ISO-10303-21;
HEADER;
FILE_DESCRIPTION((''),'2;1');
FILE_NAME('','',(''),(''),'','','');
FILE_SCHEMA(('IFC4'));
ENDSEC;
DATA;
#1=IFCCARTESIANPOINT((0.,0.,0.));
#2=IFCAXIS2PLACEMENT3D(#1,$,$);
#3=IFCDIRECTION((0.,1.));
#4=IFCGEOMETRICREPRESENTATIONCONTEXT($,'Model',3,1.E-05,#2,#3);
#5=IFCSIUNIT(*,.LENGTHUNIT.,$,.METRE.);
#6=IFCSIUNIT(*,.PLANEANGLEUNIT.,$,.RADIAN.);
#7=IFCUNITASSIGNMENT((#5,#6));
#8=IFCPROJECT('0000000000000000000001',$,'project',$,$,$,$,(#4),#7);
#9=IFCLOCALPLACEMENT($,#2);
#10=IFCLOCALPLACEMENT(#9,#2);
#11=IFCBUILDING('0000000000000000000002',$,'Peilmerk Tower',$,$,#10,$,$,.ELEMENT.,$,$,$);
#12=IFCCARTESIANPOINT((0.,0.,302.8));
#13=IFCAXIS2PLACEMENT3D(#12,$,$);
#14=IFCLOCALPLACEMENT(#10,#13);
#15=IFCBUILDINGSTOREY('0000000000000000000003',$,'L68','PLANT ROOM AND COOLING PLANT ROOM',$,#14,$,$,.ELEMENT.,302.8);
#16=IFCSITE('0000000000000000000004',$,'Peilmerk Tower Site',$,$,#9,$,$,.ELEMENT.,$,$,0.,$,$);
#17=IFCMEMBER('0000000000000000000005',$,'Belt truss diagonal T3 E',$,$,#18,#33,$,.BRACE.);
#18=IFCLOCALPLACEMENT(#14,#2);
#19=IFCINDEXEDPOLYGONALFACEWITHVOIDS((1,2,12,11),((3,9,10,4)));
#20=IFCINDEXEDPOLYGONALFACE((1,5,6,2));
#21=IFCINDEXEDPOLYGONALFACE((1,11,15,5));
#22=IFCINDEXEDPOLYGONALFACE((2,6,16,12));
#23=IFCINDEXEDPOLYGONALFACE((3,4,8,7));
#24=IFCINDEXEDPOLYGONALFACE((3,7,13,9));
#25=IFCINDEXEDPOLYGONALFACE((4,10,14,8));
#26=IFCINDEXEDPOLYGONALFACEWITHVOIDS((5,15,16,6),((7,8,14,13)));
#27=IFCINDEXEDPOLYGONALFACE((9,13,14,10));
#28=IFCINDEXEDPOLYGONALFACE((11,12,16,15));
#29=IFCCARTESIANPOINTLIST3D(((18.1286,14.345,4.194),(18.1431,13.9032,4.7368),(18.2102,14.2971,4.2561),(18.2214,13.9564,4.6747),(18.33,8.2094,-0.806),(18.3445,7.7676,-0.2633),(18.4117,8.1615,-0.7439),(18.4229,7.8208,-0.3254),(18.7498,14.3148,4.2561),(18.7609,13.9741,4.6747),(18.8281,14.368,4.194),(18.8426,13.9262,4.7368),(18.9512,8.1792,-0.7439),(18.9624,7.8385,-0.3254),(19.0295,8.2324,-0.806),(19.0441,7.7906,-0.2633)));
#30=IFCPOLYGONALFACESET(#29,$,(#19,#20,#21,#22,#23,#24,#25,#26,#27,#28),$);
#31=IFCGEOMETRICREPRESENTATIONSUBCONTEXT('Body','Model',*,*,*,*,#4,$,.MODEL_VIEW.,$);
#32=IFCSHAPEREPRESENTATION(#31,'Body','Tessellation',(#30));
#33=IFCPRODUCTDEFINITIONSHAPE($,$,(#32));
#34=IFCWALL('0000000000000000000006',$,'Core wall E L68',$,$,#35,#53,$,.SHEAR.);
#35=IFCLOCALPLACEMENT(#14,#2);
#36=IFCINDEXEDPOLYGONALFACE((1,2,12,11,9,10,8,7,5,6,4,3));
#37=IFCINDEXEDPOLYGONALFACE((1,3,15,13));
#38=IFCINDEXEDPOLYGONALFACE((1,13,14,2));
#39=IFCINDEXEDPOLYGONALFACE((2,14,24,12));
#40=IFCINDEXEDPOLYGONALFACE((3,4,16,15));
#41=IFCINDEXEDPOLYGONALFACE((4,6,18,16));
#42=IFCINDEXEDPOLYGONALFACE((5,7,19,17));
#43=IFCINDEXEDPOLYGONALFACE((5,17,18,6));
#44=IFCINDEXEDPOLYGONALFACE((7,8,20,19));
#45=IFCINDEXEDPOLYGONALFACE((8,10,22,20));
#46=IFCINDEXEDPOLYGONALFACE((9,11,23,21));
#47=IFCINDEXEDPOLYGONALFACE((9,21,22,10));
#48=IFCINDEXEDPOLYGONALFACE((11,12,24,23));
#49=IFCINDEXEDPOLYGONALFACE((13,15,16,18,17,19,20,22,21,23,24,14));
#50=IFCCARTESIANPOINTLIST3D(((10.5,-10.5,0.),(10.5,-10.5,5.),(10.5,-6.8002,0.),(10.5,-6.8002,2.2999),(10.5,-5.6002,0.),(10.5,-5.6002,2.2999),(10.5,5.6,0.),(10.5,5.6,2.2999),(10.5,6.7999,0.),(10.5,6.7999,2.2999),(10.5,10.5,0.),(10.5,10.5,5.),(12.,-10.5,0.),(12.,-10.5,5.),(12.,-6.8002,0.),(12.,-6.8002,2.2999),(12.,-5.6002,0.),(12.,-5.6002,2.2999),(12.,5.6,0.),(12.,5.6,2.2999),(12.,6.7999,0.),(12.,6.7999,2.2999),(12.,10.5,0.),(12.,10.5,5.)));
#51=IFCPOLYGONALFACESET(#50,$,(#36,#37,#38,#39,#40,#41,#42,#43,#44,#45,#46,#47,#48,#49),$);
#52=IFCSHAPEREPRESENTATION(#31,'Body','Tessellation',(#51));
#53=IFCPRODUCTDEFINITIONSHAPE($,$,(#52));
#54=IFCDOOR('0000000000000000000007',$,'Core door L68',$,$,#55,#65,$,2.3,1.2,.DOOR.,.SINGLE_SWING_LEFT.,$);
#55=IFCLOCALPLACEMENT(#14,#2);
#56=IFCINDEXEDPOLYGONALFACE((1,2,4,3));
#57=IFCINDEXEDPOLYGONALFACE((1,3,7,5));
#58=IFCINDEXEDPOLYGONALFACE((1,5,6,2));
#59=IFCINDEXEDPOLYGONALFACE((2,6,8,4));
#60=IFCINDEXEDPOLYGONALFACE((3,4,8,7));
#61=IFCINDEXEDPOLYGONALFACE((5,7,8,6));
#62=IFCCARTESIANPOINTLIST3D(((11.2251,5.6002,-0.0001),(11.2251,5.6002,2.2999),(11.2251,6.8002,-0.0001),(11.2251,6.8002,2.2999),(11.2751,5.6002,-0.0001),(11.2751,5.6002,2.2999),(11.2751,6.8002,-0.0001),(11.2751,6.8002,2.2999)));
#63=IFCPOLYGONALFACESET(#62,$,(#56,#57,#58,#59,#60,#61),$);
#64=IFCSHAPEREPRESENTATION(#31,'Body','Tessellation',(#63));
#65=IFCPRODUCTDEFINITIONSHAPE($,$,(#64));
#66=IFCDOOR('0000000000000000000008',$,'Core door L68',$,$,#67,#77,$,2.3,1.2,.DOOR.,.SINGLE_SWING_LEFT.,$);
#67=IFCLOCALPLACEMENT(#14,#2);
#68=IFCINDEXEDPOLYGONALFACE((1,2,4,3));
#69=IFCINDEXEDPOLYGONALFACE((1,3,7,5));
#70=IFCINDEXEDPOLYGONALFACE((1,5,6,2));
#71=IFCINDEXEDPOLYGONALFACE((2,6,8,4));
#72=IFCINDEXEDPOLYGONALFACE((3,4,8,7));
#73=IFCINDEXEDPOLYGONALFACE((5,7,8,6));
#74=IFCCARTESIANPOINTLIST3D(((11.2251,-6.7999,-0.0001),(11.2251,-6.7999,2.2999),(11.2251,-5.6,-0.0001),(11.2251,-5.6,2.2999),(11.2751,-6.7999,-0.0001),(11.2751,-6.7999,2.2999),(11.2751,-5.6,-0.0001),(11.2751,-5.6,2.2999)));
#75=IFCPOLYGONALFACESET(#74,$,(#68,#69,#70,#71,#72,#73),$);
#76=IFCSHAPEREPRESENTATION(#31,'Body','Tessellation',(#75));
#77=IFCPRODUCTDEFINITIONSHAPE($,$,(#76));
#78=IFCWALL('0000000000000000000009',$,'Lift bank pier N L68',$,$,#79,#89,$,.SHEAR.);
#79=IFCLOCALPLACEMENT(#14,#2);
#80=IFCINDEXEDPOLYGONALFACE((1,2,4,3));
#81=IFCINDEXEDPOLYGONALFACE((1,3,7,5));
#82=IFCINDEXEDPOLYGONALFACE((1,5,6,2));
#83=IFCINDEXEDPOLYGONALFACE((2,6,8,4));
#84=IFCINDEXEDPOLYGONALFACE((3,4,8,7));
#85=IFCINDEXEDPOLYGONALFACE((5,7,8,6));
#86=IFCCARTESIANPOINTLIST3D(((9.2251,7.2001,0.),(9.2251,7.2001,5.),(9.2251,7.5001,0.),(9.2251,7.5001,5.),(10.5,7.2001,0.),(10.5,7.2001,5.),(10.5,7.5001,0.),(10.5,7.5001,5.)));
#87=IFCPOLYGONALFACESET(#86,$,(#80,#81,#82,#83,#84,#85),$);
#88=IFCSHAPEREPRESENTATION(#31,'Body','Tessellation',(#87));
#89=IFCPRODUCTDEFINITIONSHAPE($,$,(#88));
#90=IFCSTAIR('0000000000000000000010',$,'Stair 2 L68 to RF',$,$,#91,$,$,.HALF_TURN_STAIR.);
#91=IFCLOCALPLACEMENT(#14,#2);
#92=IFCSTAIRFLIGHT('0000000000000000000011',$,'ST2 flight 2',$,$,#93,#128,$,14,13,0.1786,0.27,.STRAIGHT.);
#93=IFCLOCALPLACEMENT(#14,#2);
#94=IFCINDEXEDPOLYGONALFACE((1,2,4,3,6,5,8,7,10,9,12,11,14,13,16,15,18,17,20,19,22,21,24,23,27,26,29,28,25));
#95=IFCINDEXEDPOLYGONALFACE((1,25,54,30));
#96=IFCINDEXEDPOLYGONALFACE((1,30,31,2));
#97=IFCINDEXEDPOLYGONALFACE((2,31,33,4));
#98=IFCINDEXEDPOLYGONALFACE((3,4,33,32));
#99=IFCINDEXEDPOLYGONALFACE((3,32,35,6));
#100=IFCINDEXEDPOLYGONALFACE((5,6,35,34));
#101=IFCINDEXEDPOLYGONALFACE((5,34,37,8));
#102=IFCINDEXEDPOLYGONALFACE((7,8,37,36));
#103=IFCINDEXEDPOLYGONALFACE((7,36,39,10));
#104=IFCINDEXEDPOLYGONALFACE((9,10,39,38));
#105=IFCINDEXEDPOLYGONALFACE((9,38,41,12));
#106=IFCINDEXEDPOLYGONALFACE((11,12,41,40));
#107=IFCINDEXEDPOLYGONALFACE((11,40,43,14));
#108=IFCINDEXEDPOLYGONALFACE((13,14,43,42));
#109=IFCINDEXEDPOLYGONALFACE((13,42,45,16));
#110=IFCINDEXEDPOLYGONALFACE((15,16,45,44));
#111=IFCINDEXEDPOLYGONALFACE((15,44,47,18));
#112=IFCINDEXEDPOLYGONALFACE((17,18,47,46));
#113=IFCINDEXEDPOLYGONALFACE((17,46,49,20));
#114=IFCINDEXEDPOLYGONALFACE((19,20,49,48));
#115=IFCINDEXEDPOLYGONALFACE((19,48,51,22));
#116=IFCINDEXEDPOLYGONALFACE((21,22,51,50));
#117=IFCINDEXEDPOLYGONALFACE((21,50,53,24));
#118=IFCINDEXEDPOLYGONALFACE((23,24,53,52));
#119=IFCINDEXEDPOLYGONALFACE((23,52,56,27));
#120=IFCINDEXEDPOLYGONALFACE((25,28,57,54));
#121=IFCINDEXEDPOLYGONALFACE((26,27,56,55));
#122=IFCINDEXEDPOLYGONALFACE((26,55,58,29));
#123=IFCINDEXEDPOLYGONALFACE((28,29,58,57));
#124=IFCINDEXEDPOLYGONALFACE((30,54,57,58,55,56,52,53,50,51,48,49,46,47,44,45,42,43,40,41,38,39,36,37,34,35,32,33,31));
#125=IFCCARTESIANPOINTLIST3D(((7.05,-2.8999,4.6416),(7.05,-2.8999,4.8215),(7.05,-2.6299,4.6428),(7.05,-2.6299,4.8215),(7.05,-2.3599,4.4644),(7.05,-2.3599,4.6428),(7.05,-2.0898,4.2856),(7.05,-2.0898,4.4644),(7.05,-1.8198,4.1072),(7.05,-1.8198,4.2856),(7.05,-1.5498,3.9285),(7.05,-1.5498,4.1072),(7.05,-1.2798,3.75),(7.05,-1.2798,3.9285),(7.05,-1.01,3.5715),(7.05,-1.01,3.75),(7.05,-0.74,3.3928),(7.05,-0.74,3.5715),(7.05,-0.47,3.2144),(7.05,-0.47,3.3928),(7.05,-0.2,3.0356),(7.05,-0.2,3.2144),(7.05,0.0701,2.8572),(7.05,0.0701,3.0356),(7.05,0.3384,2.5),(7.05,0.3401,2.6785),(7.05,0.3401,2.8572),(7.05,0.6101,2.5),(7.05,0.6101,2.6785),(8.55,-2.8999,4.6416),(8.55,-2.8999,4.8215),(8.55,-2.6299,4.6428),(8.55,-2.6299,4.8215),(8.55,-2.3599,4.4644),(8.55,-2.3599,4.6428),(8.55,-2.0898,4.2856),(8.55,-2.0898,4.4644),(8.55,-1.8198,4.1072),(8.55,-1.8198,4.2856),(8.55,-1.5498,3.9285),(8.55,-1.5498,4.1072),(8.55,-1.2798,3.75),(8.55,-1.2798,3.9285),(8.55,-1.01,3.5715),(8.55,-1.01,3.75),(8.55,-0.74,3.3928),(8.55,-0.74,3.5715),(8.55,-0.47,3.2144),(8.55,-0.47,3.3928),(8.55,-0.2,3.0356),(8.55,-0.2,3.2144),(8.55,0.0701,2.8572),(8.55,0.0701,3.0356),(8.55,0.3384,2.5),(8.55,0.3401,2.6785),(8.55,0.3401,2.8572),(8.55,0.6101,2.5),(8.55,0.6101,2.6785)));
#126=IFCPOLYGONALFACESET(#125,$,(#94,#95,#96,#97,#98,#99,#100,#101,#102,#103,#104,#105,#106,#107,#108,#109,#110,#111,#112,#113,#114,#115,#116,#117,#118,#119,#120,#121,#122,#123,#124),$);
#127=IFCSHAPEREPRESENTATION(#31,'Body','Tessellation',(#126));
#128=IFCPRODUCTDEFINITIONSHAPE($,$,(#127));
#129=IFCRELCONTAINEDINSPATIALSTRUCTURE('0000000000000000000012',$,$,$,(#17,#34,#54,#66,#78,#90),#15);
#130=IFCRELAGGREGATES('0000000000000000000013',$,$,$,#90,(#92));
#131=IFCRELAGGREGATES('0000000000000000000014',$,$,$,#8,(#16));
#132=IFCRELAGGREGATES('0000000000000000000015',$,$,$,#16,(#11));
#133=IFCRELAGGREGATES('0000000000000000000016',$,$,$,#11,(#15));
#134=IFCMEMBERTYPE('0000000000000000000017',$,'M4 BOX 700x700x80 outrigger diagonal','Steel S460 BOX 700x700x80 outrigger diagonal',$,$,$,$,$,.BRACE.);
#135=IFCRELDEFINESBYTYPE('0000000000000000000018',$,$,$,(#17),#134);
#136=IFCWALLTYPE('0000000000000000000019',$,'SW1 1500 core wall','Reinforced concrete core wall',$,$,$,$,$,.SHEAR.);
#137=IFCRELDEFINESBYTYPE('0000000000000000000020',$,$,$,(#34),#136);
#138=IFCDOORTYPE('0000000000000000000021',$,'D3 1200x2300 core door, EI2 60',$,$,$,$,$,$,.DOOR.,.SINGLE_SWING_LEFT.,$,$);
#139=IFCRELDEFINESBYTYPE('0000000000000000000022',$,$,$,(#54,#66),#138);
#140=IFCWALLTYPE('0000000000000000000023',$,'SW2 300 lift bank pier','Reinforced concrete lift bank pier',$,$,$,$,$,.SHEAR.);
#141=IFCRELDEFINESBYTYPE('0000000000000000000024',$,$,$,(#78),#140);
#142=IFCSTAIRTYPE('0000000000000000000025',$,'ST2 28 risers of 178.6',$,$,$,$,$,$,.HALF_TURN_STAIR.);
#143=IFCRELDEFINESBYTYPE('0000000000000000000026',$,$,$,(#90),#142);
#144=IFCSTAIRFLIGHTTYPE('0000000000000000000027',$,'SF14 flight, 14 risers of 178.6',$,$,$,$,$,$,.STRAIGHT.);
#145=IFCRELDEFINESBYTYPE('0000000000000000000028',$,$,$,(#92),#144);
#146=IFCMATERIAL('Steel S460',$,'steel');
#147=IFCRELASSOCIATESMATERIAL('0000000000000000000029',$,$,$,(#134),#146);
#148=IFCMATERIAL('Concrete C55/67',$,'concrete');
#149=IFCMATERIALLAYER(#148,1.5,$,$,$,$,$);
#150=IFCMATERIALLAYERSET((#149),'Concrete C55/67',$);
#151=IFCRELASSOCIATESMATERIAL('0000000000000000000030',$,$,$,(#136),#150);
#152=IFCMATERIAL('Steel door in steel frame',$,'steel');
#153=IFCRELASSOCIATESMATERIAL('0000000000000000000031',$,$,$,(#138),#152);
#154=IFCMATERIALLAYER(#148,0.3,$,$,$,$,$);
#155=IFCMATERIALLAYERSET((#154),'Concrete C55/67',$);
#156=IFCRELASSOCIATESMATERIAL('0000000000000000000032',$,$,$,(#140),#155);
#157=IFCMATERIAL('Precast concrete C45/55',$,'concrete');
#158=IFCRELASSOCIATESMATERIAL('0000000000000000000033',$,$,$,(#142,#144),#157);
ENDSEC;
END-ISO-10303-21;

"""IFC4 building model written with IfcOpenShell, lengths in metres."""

from ifc_helpers import new_model, si_unit, direction, frame, frame_2d, origin, origin_2d, place, context, subcontext, project, spatial, polyline, rectangle, hollow_rectangle, outline, extrude, material, layer, layer_set, material_profile, profile_set, type_object, element, fill, aggregate, save


model = new_model("IFC4")

# Units and contexts
model_context = context("Model", 3, precision=1e-05, world=origin(), true_north=direction((0.0, 1.0)))
body_context = subcontext(model_context, "Body", "Model", "MODEL_VIEW")
ifc_project = project(units=[si_unit("LENGTHUNIT", "METRE"), si_unit("PLANEANGLEUNIT", "RADIAN")], contexts=[model_context])

# Site, building, storey
site_placement = place(None, origin())
site = spatial("IfcSite", under=ifc_project, at=site_placement, Name="Peilmerk Tower Site", CompositionType="ELEMENT", RefElevation=0.0)
building_placement = place(site_placement, origin())
building = spatial("IfcBuilding", under=site, at=building_placement, Name="Peilmerk Tower", CompositionType="ELEMENT")
storey_placement = place(building_placement, frame((0.0, 0.0, 302.8)))
storey = spatial("IfcBuildingStorey", under=building, at=storey_placement, Name="L68", Description="PLANT ROOM AND COOLING PLANT ROOM", CompositionType="ELEMENT", Elevation=302.8)

# Shared definitions
ifc_material_1 = material(Name="Steel S460", Category="steel")

# Member
ifc_material_profile_1 = material_profile(ifc_material_1, hollow_rectangle(XDim=0.7, YDim=0.7, WallThickness=0.0801, at=origin_2d()), Name="BOX 700x700x80")
ifc_profile_set_1 = profile_set([ifc_material_profile_1], Name="Steel S460")
member_type_1 = type_object("IfcMemberType", Name="M4 BOX 700x700x80 outrigger diagonal", Description="Steel S460 BOX 700x700x80 outrigger diagonal", PredefinedType="BRACE", material=ifc_profile_set_1)
member_1_placement = place(storey_placement, frame((18.687, 8.0, -0.5347), z_axis=(-0.02544, 0.77494, 0.631522), x_axis=(-0.999462, -0.03281, 0.0)))
element("IfcMember", 1, at=member_1_placement, inside=storey, type_object=member_type_1, Name="Belt truss diagonal T3 E", PredefinedType="BRACE", context=body_context, shape_type="SweptSolid", body=[
    extrude(hollow_rectangle(XDim=0.7, YDim=0.7, WallThickness=0.0801, at=origin_2d()), origin(), (0.0, 0.0, 1.0), 7.9175),
])

# Wall, openings, doors
ifc_material_2 = material(Name="Concrete C55/67", Category="concrete")
ifc_layer_1 = layer(ifc_material_2, 1.5)
ifc_layer_set_1 = layer_set([ifc_layer_1], Name="Concrete C55/67")
wall_type_1 = type_object("IfcWallType", Name="SW1 1500 core wall", Description="Reinforced concrete core wall", PredefinedType="SHEAR", material=ifc_layer_set_1)
wall_1_placement = place(storey_placement, frame((11.25, 10.5, 0.0), z_axis=(0.0, 0.0, 1.0), x_axis=(0.0, -1.0, 0.0)))
wall_1 = element("IfcWall", 2, at=wall_1_placement, inside=storey, type_object=wall_type_1, Name="Core wall E L68", PredefinedType="SHEAR", context=body_context, shape_type="SweptSolid", body=[
    extrude(rectangle(XDim=21.0, YDim=1.5, at=frame_2d((10.5, 0.0))), origin(), (0.0, 0.0, 1.0), 5.0),
])
opening_1_placement = place(wall_1_placement, frame((3.7, 0.0, 0.0)))
opening_1 = element("IfcOpeningElement", 3, at=opening_1_placement, cuts=wall_1, PredefinedType="OPENING", context=body_context, shape_type="SweptSolid", body=[
    extrude(rectangle(XDim=1.2, YDim=2.3, at=frame_2d((0.6001, 1.1499))), frame((0.0, 0.76, 0.0), z_axis=(0.0, -1.0, 0.0), x_axis=(1.0, 0.0, 0.0)), (0.0, 0.0, 1.0), 1.52),
])
opening_2_placement = place(wall_1_placement, frame((16.1001, 0.0, 0.0)))
opening_2 = element("IfcOpeningElement", 4, at=opening_2_placement, cuts=wall_1, PredefinedType="OPENING", context=body_context, shape_type="SweptSolid", body=[
    extrude(rectangle(XDim=1.2, YDim=2.3, at=frame_2d((0.6001, 1.1499))), frame((0.0, 0.76, 0.0), z_axis=(0.0, -1.0, 0.0), x_axis=(1.0, 0.0, 0.0)), (0.0, 0.0, 1.0), 1.52),
])
ifc_material_3 = material(Name="Steel door in steel frame", Category="steel")
door_type = type_object("IfcDoorType", Name="D3 1200x2300 core door, EI2 60", OperationType="SINGLE_SWING_LEFT", PredefinedType="DOOR", material=ifc_material_3)
door_1_placement = place(opening_1_placement, frame((1.2, 0.0, 0.0), z_axis=(0.0, 0.0, 1.0), x_axis=(-1.0, 0.0, 0.0)))
door_1 = element("IfcDoor", 5, at=door_1_placement, inside=storey, type_object=door_type, Name="Core door L68", OperationType="SINGLE_SWING_LEFT", OverallHeight=2.3, OverallWidth=1.2, PredefinedType="DOOR", context=body_context, shape_type="SweptSolid", body=[
    extrude(rectangle(XDim=1.2, YDim=2.3, at=frame_2d((0.6001, 1.1499))), frame((0.0, 0.0249, 0.0), z_axis=(0.0, -1.0, 0.0), x_axis=(1.0, 0.0, 0.0)), (0.0, 0.0, 1.0), 0.05),
])
fill(opening_1, door_1)
door_2_placement = place(opening_2_placement, frame((1.2, 0.0, 0.0), z_axis=(0.0, 0.0, 1.0), x_axis=(-1.0, 0.0, 0.0)))
door_2 = element("IfcDoor", 6, at=door_2_placement, inside=storey, type_object=door_type, Name="Core door L68", OperationType="SINGLE_SWING_LEFT", OverallHeight=2.3, OverallWidth=1.2, PredefinedType="DOOR", context=body_context, shape_type="SweptSolid", body=[
    extrude(rectangle(XDim=1.2, YDim=2.3, at=frame_2d((0.6001, 1.1499))), frame((0.0, 0.0249, 0.0), z_axis=(0.0, -1.0, 0.0), x_axis=(1.0, 0.0, 0.0)), (0.0, 0.0, 1.0), 0.05),
])
fill(opening_2, door_2)

# Wall
ifc_layer_2 = layer(ifc_material_2, 0.3)
ifc_layer_set_2 = layer_set([ifc_layer_2], Name="Concrete C55/67")
wall_type_2 = type_object("IfcWallType", Name="SW2 300 lift bank pier", Description="Reinforced concrete lift bank pier", PredefinedType="SHEAR", material=ifc_layer_set_2)
wall_2_placement = place(storey_placement, frame((9.2251, 7.3501, 0.0), z_axis=(0.0, 0.0, 1.0), x_axis=(1.0, 0.0, 0.0)))
element("IfcWall", 7, at=wall_2_placement, inside=storey, type_object=wall_type_2, Name="Lift bank pier N L68", PredefinedType="SHEAR", context=body_context, shape_type="SweptSolid", body=[
    extrude(rectangle(XDim=1.2749, YDim=0.3, at=frame_2d((0.6375, 0.0))), origin(), (0.0, 0.0, 1.0), 5.0),
])

# Stair, stair flight
ifc_material_4 = material(Name="Precast concrete C45/55", Category="concrete")
stair_type = type_object("IfcStairType", Name="ST2 28 risers of 178.6", PredefinedType="HALF_TURN_STAIR", material=ifc_material_4)
stair_placement = place(storey_placement, origin())
stair = element("IfcStair", 8, at=stair_placement, inside=storey, type_object=stair_type, Name="Stair 2 L68 to RF", PredefinedType="HALF_TURN_STAIR")
stair_flight_type = type_object("IfcStairFlightType", Name="SF14 flight, 14 risers of 178.6", PredefinedType="STRAIGHT", material=ifc_material_4)
stair_flight_placement = place(storey_placement, frame((7.8, 0.6101, 2.5), z_axis=(0.0, 0.0, 1.0), x_axis=(0.0, -1.0, 0.0)))
stair_flight = element("IfcStairFlight", 9, at=stair_flight_placement, type_object=stair_flight_type, Name="ST2 flight 2", NumberOfRisers=14, NumberOfTreads=13, PredefinedType="STRAIGHT", RiserHeight=0.1786, TreadLength=0.27, context=body_context, shape_type="SweptSolid", body=[
    extrude(outline(polyline([(0.0, 0.0), (0.0, 0.1785), (0.27, 0.1785), (0.27, 0.3572), (0.54, 0.3572), (0.54, 0.5356), (0.8101, 0.5356), (0.8101, 0.7144), (1.0801, 0.7144), (1.0801, 0.8928), (1.3501, 0.8928), (1.3501, 1.0715), (1.6201, 1.0715), (1.6201, 1.25), (1.8899, 1.25), (1.8899, 1.4285), (2.1599, 1.4285), (2.1599, 1.6072), (2.4299, 1.6072), (2.4299, 1.7856), (2.7, 1.7856), (2.7, 1.9644), (2.97, 1.9644), (2.97, 2.1428), (3.24, 2.1428), (3.24, 2.3215), (3.51, 2.3215), (3.51, 2.5), (3.51, 2.1416), (0.2717, 0.0), (0.0, 0.0)])), frame((0.0, 0.75, 0.0), z_axis=(0.0, -1.0, 0.0), x_axis=(1.0, 0.0, 0.0)), (0.0, 0.0, 1.0), 1.5),
])
aggregate(stair, [stair_flight])

save(model, "model.ifc")
